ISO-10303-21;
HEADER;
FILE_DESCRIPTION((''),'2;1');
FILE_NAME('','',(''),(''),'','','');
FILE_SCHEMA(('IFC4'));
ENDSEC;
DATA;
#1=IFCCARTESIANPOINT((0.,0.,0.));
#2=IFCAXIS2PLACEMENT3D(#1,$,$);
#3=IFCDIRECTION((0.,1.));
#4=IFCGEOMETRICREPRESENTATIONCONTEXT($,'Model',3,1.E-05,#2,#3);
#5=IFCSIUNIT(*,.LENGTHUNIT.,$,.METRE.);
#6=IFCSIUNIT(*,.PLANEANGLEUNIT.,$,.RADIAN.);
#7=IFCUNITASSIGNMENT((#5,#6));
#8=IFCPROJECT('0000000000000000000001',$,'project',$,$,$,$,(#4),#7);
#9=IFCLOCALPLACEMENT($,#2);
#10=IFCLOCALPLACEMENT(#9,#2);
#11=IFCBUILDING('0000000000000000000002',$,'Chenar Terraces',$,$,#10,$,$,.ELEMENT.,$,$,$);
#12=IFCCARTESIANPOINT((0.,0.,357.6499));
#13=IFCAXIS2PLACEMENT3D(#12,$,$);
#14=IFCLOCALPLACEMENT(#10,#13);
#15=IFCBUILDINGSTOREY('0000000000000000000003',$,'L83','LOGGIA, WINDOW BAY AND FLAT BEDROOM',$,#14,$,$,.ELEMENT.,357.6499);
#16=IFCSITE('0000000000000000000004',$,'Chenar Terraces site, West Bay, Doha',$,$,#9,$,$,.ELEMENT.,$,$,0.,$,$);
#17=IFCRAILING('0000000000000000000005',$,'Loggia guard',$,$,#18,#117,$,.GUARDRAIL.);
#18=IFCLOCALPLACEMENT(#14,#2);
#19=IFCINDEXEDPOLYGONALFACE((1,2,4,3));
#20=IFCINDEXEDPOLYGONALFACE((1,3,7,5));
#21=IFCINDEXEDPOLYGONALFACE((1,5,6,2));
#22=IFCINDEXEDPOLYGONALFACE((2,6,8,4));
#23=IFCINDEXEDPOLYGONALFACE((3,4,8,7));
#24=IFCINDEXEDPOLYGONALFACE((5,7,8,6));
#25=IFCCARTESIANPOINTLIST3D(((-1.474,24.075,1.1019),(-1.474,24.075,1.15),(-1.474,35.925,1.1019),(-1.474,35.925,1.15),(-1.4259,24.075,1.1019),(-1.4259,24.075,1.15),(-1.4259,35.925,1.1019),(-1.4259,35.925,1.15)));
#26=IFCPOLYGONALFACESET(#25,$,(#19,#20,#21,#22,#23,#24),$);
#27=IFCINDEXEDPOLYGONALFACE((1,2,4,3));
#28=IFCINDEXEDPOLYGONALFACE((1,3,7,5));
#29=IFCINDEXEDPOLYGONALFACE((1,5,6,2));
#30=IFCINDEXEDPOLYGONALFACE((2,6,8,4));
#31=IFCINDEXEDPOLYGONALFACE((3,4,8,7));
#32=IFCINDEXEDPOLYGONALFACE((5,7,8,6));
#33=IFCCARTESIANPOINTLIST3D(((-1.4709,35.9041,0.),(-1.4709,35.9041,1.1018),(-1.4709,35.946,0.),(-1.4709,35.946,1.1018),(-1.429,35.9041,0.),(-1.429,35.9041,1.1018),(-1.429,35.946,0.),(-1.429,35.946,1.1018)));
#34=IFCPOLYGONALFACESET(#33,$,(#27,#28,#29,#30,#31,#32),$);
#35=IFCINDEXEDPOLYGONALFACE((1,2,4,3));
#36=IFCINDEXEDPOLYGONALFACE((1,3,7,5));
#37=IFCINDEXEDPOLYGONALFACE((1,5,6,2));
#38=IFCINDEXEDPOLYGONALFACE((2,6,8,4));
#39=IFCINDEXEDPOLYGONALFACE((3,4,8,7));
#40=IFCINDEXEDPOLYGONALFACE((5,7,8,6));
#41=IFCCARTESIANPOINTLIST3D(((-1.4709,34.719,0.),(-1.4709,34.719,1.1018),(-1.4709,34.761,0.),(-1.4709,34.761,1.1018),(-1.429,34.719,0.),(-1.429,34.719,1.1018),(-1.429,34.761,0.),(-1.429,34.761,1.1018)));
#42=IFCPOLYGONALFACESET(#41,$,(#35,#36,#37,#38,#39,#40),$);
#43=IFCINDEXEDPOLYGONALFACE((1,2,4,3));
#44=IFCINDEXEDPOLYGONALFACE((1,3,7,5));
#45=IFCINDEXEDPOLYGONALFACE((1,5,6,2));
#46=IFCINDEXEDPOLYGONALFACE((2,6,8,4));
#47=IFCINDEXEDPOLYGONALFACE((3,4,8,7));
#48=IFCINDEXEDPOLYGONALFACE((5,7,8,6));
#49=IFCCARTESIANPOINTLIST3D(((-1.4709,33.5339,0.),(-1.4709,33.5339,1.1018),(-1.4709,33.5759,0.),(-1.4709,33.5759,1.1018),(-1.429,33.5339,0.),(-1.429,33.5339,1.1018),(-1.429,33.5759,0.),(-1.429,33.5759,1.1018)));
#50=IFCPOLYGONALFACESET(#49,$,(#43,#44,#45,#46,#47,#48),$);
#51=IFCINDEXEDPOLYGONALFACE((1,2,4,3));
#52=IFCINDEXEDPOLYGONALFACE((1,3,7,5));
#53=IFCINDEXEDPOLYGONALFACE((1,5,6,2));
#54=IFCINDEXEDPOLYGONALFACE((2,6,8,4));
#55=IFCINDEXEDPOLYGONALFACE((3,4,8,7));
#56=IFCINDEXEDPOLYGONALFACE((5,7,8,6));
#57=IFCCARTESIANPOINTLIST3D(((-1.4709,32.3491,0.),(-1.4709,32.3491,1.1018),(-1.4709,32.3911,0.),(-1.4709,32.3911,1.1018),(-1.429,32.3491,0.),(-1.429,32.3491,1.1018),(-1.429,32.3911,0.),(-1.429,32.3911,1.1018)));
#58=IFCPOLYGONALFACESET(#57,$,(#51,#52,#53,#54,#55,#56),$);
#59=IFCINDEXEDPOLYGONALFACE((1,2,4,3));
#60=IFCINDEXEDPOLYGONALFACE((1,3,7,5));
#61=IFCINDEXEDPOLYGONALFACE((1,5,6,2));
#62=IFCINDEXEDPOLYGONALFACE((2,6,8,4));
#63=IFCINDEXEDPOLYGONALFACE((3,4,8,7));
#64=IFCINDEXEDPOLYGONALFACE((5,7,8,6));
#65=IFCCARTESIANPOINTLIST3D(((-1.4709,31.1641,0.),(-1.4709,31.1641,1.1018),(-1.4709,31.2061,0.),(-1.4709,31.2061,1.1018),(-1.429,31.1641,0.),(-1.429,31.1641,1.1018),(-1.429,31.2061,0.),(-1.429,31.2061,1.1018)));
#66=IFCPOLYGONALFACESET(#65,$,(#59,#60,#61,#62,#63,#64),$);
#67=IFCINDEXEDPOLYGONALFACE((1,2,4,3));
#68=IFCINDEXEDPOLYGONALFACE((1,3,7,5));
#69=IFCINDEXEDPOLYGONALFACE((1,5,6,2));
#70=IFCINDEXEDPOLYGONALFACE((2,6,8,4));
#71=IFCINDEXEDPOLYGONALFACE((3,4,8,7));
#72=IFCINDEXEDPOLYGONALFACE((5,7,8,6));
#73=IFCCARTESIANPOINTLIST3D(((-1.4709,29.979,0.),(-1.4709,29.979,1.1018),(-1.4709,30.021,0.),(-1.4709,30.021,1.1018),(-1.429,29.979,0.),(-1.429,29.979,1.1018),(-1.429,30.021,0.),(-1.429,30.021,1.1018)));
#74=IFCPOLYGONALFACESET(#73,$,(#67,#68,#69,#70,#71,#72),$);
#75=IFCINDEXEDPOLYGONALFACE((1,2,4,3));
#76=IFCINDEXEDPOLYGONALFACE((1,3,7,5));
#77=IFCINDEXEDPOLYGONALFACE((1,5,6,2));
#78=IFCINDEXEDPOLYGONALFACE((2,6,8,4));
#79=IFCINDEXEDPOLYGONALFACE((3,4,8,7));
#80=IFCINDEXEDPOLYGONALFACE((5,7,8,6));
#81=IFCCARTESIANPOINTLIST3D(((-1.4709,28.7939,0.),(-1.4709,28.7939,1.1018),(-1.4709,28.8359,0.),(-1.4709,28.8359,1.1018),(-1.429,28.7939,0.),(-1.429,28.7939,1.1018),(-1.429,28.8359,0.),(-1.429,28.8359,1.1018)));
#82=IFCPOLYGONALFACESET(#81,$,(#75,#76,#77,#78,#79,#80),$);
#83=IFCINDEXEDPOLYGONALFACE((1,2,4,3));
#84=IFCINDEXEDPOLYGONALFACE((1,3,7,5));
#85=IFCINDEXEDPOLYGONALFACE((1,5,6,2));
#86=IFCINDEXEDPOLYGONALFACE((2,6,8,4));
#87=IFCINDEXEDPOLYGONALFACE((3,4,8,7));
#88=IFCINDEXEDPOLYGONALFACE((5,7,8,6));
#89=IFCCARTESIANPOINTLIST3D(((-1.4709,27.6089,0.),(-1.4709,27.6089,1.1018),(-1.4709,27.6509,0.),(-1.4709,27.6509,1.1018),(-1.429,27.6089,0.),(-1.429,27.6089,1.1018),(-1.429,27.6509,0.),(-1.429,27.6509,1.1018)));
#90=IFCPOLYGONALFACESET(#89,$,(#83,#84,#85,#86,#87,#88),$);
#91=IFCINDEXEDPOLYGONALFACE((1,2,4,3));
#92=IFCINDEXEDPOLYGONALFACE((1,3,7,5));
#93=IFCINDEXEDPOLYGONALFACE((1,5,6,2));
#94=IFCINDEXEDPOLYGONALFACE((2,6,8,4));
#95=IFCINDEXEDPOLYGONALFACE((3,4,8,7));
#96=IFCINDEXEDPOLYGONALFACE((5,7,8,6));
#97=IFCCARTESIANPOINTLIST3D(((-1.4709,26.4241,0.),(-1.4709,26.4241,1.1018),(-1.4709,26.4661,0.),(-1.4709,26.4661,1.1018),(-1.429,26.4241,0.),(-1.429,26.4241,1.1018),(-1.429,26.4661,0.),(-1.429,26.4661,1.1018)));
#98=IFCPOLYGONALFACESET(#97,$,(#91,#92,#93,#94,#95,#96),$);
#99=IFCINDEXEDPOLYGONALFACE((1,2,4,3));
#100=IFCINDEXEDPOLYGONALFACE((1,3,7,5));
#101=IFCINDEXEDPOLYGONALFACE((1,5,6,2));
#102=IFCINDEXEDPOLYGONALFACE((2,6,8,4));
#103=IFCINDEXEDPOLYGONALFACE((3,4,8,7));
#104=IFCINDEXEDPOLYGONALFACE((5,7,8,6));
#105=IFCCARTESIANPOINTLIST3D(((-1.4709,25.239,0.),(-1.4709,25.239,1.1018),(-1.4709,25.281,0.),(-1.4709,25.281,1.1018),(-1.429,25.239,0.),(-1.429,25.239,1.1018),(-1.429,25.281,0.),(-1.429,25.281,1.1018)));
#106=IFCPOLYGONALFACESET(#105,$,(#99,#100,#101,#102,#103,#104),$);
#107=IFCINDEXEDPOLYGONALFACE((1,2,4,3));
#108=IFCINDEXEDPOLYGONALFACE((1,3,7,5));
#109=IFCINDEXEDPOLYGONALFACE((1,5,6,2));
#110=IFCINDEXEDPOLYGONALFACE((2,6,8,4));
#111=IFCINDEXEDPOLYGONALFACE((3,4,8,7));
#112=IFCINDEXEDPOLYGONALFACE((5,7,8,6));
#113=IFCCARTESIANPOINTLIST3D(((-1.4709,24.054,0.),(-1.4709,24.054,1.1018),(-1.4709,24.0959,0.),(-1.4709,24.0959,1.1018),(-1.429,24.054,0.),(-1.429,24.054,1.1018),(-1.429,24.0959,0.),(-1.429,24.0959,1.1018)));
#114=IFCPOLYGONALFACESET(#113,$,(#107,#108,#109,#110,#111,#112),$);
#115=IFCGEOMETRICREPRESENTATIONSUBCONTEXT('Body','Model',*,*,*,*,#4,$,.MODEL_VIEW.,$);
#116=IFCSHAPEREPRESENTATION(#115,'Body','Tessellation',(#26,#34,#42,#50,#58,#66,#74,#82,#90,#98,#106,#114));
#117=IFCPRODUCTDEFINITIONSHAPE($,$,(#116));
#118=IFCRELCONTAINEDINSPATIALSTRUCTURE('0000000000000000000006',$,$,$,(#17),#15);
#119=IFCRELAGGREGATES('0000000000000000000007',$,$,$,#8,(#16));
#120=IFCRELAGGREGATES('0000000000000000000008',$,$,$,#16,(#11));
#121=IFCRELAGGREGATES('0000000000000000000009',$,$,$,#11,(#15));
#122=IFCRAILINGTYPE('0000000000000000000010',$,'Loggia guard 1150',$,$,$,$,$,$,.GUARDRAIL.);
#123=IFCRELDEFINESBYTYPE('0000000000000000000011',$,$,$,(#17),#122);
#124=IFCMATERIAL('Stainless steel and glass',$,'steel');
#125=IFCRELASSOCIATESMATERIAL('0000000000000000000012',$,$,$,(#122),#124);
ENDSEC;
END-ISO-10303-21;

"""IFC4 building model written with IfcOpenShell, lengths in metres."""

from ifc_helpers import new_model, si_unit, direction, frame, origin, origin_2d, place, context, subcontext, project, spatial, rectangle, extrude, material, type_object, element, save


model = new_model("IFC4")

# Units and contexts
model_context = context("Model", 3, precision=1e-05, world=origin(), true_north=direction((0.0, 1.0)))
body_context = subcontext(model_context, "Body", "Model", "MODEL_VIEW")
ifc_project = project(units=[si_unit("LENGTHUNIT", "METRE"), si_unit("PLANEANGLEUNIT", "RADIAN")], contexts=[model_context])

# Site, building, storey
site_placement = place(None, origin())
site = spatial("IfcSite", under=ifc_project, at=site_placement, Name="Chenar Terraces site, West Bay, Doha", CompositionType="ELEMENT", RefElevation=0.0)
building_placement = place(site_placement, origin())
building = spatial("IfcBuilding", under=site, at=building_placement, Name="Chenar Terraces", CompositionType="ELEMENT")
storey_placement = place(building_placement, frame((0.0, 0.0, 357.6499)))
storey = spatial("IfcBuildingStorey", under=building, at=storey_placement, Name="L83", Description="LOGGIA, WINDOW BAY AND FLAT BEDROOM", CompositionType="ELEMENT", Elevation=357.6499)

# Railing
ifc_material_1 = material(Name="Stainless steel and glass", Category="steel")
railing_type = type_object("IfcRailingType", Name="Loggia guard 1150", PredefinedType="GUARDRAIL", material=ifc_material_1)
railing_placement = place(storey_placement, frame((-1.45, 35.925, 0.0)))
element("IfcRailing", 1, at=railing_placement, inside=storey, type_object=railing_type, Name="Loggia guard", PredefinedType="GUARDRAIL", context=body_context, shape_type="SweptSolid", body=[
    extrude(rectangle(XDim=0.0481, YDim=0.0481, at=origin_2d()), frame((0.0, 0.0, 1.126), z_axis=(0.0, -1.0, 0.0), x_axis=(1.0, 0.0, 0.0)), (0.0, 0.0, 1.0), 11.8501),
    extrude(rectangle(XDim=0.042, YDim=0.042, at=origin_2d()), origin(), (0.0, 0.0, 1.0), 1.1018),
    extrude(rectangle(XDim=0.042, YDim=0.042, at=origin_2d()), frame((0.0, -1.1851, 0.0)), (0.0, 0.0, 1.0), 1.1018),
    extrude(rectangle(XDim=0.042, YDim=0.042, at=origin_2d()), frame((0.0, -2.3701, 0.0)), (0.0, 0.0, 1.0), 1.1018),
    extrude(rectangle(XDim=0.042, YDim=0.042, at=origin_2d()), frame((0.0, -3.5549, 0.0)), (0.0, 0.0, 1.0), 1.1018),
    extrude(rectangle(XDim=0.042, YDim=0.042, at=origin_2d()), frame((0.0, -4.74, 0.0)), (0.0, 0.0, 1.0), 1.1018),
    extrude(rectangle(XDim=0.042, YDim=0.042, at=origin_2d()), frame((0.0, -5.925, 0.0)), (0.0, 0.0, 1.0), 1.1018),
    extrude(rectangle(XDim=0.042, YDim=0.042, at=origin_2d()), frame((0.0, -7.1101, 0.0)), (0.0, 0.0, 1.0), 1.1018),
    extrude(rectangle(XDim=0.042, YDim=0.042, at=origin_2d()), frame((0.0, -8.2952, 0.0)), (0.0, 0.0, 1.0), 1.1018),
    extrude(rectangle(XDim=0.042, YDim=0.042, at=origin_2d()), frame((0.0, -9.48, 0.0)), (0.0, 0.0, 1.0), 1.1018),
    extrude(rectangle(XDim=0.042, YDim=0.042, at=origin_2d()), frame((0.0, -10.665, 0.0)), (0.0, 0.0, 1.0), 1.1018),
    extrude(rectangle(XDim=0.042, YDim=0.042, at=origin_2d()), frame((0.0, -11.8501, 0.0)), (0.0, 0.0, 1.0), 1.1018),
])

save(model, "model.ifc")
